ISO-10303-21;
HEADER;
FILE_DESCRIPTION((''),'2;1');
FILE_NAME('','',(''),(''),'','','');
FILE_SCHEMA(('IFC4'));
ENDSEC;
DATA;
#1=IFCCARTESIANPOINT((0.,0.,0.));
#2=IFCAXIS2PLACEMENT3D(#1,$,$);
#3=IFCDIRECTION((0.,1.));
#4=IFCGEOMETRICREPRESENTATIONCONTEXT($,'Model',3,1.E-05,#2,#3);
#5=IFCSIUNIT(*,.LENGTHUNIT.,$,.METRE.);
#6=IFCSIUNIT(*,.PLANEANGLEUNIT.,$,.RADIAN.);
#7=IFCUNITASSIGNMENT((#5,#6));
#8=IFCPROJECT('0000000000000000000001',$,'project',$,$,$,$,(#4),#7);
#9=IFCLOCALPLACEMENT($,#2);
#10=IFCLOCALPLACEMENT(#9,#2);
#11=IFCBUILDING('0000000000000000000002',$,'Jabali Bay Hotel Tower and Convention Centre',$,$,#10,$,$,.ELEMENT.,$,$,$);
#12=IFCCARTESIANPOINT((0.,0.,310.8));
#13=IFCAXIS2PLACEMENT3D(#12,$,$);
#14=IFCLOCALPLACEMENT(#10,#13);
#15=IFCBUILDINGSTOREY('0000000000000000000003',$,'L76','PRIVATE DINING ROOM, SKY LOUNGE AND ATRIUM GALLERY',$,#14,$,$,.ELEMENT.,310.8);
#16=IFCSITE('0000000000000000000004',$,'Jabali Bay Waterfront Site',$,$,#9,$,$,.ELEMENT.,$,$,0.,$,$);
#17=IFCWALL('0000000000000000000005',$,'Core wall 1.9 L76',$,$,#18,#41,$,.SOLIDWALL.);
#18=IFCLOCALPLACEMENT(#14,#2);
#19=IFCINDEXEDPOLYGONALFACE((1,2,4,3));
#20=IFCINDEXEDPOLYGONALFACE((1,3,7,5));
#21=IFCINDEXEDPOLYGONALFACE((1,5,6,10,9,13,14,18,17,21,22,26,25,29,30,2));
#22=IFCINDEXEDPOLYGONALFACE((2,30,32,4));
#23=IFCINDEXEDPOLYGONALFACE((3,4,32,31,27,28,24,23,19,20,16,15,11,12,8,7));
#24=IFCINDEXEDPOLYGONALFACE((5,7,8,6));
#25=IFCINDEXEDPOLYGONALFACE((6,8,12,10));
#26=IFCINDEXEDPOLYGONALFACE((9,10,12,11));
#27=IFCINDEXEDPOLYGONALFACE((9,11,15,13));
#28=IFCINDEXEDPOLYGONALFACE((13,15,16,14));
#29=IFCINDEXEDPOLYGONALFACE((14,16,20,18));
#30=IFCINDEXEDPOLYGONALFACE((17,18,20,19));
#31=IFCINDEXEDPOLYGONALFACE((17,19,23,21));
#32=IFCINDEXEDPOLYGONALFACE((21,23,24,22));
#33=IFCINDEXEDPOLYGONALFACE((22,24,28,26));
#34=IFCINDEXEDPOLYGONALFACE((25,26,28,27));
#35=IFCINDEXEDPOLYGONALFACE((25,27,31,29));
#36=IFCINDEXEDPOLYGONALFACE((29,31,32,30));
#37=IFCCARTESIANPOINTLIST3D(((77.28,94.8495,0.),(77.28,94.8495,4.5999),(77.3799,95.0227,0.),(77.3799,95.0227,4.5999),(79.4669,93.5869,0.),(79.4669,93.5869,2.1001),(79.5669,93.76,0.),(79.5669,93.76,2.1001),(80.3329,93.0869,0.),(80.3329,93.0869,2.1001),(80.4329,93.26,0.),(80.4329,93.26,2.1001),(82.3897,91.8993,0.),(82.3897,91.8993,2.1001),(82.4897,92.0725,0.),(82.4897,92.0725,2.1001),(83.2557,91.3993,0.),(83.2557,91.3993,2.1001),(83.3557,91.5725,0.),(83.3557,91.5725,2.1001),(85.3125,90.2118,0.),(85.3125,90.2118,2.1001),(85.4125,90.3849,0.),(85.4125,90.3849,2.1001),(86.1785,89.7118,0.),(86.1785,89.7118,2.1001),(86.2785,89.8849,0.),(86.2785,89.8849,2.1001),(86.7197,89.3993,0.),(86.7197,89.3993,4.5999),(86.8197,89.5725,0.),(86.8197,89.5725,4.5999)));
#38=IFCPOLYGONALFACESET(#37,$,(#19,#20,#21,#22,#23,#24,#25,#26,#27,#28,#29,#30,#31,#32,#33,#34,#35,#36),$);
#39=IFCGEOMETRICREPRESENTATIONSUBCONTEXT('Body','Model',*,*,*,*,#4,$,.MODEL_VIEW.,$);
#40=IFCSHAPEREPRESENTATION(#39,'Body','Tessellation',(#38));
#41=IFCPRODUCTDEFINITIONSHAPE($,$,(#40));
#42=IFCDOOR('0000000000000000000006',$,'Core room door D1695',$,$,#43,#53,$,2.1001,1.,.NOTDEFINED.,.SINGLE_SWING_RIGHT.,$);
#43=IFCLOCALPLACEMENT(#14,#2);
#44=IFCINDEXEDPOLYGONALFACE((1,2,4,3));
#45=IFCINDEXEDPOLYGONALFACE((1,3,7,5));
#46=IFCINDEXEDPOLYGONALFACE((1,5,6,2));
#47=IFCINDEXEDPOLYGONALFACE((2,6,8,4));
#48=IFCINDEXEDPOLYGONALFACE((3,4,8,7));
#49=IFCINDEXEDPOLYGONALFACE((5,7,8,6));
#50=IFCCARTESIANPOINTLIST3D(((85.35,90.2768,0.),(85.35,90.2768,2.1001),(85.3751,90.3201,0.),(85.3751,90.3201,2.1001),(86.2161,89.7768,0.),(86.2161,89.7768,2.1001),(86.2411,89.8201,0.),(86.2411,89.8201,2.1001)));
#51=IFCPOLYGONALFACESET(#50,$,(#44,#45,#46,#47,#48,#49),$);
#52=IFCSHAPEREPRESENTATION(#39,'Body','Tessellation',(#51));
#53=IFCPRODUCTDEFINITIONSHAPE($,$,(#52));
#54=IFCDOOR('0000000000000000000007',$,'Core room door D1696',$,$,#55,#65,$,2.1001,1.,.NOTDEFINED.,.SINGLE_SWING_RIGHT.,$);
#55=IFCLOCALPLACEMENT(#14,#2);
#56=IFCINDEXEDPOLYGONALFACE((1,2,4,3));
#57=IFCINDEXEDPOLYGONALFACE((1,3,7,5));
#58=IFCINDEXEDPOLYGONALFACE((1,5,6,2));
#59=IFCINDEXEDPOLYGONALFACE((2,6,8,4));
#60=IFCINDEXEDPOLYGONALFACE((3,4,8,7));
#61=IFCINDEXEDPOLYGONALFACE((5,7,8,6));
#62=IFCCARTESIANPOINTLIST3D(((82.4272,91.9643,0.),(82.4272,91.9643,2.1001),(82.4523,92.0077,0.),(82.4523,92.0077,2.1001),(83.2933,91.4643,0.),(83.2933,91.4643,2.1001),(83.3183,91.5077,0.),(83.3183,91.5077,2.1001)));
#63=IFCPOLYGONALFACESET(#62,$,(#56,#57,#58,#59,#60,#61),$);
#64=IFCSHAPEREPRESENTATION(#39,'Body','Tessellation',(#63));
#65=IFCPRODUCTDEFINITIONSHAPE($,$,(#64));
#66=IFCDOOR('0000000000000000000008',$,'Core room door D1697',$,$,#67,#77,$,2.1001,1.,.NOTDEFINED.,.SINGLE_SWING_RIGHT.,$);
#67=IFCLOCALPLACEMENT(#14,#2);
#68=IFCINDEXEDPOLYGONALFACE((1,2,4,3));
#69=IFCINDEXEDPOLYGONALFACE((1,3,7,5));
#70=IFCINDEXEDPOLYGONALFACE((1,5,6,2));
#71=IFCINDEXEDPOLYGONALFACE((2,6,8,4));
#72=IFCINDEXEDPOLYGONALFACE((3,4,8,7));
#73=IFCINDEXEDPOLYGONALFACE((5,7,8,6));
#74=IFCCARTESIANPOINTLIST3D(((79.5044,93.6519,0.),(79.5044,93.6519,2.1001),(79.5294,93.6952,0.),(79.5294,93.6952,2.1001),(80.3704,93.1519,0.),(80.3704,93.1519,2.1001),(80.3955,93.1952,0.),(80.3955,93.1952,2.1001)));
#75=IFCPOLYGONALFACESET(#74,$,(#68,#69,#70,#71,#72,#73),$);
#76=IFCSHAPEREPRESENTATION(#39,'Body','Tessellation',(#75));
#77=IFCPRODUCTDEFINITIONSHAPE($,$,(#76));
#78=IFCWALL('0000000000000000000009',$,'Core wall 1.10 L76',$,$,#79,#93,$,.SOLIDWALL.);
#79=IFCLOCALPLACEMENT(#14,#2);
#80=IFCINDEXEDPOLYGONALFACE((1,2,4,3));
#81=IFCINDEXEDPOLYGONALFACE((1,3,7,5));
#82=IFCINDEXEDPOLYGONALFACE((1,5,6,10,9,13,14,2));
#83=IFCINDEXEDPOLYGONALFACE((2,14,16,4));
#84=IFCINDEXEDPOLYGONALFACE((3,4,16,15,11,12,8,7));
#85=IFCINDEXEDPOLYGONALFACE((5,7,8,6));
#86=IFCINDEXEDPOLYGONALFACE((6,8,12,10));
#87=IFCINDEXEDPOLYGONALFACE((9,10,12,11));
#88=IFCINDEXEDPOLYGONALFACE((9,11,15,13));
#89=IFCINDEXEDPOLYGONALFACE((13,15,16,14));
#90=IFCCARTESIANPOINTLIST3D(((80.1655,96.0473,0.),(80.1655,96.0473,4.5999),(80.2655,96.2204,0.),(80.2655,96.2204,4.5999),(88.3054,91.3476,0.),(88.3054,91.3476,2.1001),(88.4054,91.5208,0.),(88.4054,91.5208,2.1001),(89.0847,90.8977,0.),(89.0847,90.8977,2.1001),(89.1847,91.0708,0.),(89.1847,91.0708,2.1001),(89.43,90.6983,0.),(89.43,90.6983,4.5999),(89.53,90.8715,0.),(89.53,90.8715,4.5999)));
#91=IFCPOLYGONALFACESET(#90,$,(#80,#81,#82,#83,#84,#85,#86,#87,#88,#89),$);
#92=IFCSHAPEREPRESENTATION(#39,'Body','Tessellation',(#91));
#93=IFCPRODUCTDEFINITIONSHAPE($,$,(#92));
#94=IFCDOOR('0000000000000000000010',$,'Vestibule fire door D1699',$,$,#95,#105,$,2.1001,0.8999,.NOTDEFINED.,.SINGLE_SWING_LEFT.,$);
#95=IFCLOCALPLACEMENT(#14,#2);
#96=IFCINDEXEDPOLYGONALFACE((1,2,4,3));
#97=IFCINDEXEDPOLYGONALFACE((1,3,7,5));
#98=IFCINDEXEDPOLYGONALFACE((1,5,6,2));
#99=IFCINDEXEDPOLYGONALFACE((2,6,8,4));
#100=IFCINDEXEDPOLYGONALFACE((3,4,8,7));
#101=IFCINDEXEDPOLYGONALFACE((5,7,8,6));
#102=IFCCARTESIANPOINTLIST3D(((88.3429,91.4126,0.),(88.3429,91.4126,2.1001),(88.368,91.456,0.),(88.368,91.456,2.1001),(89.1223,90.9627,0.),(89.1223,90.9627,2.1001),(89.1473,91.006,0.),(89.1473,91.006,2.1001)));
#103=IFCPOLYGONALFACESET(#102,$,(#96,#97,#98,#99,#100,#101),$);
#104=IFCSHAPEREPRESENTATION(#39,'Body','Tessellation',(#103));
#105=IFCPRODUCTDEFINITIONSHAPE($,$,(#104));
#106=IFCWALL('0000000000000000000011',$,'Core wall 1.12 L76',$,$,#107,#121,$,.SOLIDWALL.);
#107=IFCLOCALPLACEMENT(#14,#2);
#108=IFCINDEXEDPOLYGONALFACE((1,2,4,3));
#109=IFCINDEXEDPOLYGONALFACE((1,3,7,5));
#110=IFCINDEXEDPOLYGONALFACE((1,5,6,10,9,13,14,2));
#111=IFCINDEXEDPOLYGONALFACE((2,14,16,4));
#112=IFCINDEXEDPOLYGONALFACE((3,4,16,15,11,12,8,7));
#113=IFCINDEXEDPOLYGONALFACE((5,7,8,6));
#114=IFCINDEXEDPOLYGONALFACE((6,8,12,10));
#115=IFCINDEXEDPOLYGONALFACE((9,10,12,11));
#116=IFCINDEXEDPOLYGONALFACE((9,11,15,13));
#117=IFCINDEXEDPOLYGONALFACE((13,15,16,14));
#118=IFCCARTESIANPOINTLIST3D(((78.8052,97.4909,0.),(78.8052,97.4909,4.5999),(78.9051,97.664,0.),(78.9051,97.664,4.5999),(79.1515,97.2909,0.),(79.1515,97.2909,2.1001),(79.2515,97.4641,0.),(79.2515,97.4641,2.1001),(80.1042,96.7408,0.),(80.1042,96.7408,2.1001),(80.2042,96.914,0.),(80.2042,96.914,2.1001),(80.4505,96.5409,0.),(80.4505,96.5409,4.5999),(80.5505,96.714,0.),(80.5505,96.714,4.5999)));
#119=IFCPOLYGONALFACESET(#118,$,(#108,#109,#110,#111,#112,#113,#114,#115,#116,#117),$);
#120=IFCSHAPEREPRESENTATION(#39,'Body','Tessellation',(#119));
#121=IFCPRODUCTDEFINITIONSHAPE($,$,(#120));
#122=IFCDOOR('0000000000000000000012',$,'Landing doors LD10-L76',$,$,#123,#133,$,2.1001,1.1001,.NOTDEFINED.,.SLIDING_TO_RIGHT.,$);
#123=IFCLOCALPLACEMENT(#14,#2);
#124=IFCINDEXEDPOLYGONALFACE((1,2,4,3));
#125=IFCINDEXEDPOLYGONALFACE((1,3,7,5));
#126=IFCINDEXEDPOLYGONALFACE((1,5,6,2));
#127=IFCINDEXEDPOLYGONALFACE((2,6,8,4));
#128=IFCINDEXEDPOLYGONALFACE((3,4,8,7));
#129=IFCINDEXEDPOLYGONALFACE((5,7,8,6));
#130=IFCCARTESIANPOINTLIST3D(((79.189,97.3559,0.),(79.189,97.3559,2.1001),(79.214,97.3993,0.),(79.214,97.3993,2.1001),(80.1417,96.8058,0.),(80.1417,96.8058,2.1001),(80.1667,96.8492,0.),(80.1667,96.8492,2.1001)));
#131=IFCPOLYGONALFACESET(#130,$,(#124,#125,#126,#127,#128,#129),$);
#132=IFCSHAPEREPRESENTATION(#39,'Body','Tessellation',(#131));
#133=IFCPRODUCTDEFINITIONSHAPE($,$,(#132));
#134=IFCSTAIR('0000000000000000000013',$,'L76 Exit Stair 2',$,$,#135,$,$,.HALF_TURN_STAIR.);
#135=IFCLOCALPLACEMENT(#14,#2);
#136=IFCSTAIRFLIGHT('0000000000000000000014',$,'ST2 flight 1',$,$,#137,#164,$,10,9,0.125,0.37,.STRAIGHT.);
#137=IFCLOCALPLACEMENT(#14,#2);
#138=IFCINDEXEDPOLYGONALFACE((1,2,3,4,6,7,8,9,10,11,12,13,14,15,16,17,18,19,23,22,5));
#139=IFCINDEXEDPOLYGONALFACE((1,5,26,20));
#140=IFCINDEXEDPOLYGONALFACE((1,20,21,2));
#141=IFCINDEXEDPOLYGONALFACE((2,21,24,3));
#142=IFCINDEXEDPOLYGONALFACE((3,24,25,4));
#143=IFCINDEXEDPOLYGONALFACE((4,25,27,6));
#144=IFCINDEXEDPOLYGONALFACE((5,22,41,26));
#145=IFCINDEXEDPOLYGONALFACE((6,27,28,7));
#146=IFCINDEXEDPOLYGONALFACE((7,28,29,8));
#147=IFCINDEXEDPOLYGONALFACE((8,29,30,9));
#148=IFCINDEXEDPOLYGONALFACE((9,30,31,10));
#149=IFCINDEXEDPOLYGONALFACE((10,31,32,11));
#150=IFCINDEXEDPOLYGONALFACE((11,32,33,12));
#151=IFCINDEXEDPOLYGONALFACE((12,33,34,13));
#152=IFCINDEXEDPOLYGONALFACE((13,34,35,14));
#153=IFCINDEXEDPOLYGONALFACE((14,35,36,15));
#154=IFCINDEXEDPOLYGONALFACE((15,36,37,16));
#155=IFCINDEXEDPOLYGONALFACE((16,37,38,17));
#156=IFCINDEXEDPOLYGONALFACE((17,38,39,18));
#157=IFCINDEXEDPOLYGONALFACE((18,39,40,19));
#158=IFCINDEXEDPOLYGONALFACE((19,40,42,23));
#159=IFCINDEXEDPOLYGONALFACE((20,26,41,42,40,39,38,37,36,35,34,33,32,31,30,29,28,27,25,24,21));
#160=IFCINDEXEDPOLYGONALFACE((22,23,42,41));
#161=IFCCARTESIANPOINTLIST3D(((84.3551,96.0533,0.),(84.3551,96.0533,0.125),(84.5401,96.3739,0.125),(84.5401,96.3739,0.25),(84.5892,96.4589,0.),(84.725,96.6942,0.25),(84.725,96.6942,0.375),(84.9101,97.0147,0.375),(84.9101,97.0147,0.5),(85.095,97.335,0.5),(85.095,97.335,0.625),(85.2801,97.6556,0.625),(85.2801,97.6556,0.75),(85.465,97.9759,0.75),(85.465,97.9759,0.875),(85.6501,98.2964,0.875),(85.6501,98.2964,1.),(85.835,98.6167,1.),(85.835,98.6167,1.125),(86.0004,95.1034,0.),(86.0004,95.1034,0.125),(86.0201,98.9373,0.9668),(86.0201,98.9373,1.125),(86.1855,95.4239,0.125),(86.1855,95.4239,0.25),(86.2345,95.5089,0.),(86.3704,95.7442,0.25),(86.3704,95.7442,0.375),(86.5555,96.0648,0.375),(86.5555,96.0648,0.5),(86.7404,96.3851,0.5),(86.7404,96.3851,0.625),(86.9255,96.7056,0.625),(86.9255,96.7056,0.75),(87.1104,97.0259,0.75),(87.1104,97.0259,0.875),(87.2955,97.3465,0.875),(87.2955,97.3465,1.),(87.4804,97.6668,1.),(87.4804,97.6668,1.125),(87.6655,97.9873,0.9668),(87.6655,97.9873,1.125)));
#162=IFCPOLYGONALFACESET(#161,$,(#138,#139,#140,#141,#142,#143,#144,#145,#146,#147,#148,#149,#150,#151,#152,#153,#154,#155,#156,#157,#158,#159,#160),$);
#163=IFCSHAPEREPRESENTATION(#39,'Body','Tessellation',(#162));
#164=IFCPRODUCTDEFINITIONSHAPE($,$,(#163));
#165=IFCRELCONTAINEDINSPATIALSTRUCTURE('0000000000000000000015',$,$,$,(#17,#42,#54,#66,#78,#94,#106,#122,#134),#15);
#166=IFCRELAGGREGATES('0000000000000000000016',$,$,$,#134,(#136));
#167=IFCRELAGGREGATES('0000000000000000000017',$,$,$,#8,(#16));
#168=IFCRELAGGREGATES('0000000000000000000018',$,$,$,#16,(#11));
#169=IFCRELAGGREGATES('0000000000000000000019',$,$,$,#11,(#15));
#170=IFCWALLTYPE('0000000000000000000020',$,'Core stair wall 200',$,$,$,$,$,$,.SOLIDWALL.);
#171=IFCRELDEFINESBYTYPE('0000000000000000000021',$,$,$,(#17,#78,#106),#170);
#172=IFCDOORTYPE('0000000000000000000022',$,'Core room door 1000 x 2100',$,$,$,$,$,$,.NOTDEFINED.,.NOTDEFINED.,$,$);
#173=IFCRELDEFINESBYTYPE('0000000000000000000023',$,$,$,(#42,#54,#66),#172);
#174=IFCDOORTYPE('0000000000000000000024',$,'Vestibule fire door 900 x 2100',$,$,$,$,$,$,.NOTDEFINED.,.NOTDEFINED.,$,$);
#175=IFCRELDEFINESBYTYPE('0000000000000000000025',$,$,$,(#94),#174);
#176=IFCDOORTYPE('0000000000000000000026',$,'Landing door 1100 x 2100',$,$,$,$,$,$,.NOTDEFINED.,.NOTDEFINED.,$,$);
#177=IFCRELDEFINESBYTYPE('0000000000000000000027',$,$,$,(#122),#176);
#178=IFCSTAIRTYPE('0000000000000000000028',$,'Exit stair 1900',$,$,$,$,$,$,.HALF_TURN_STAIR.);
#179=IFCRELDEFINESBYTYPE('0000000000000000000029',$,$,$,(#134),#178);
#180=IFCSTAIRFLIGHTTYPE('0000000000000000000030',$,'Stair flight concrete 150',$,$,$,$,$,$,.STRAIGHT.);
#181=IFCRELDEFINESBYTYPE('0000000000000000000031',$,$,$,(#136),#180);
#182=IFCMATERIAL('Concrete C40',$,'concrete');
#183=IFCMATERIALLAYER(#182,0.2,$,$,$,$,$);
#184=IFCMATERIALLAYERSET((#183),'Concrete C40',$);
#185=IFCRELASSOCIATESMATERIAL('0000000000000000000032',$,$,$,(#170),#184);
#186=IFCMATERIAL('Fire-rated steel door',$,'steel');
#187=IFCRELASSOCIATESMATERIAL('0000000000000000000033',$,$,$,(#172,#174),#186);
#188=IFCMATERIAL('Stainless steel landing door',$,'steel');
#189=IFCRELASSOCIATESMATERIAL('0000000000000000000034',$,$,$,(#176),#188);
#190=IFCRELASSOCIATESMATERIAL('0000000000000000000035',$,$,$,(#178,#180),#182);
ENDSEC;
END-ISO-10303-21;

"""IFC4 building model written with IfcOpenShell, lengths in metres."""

from ifc_helpers import new_model, si_unit, direction, frame, frame_2d, origin, place, context, subcontext, project, spatial, polyline, rectangle, outline, extrude, material, layer, layer_set, type_object, element, fill, aggregate, save


model = new_model("IFC4")

# Units and contexts
model_context = context("Model", 3, precision=1e-05, world=origin(), true_north=direction((0.0, 1.0)))
body_context = subcontext(model_context, "Body", "Model", "MODEL_VIEW")
ifc_project = project(units=[si_unit("LENGTHUNIT", "METRE"), si_unit("PLANEANGLEUNIT", "RADIAN")], contexts=[model_context])

# Site, building, storey
site_placement = place(None, origin())
site = spatial("IfcSite", under=ifc_project, at=site_placement, Name="Jabali Bay Waterfront Site", CompositionType="ELEMENT", RefElevation=0.0)
building_placement = place(site_placement, origin())
building = spatial("IfcBuilding", under=site, at=building_placement, Name="Jabali Bay Hotel Tower and Convention Centre", CompositionType="ELEMENT")
storey_placement = place(building_placement, frame((0.0, 0.0, 310.8)))
storey = spatial("IfcBuildingStorey", under=building, at=storey_placement, Name="L76", Description="PRIVATE DINING ROOM, SKY LOUNGE AND ATRIUM GALLERY", CompositionType="ELEMENT", Elevation=310.8)

# Shared definitions
ifc_material_1 = material(Name="Fire-rated steel door", Category="steel")

# Shared definitions
ifc_material_2 = material(Name="Concrete C40", Category="concrete")
ifc_layer_1 = layer(ifc_material_2, 0.2)
ifc_layer_set_1 = layer_set([ifc_layer_1], Name="Concrete C40")
wall_type_1 = type_object("IfcWallType", Name="Core stair wall 200", PredefinedType="SOLIDWALL", material=ifc_layer_set_1)

# Wall, openings, doors
wall_1_placement = place(storey_placement, frame((86.7698, 89.4858, 0.0), z_axis=(0.0, 0.0, 1.0), x_axis=(-0.866018, 0.500013, 0.0)))
wall_1 = element("IfcWall", 1, at=wall_1_placement, inside=storey, type_object=wall_type_1, Name="Core wall 1.9 L76", PredefinedType="SOLIDWALL", context=body_context, shape_type="SweptSolid", body=[
    extrude(rectangle(XDim=10.9001, YDim=0.2, at=frame_2d((5.4502, 0.0))), origin(), (0.0, 0.0, 1.0), 4.5999),
])
opening_1_placement = place(wall_1_placement, frame((0.625, 0.0, 0.0)))
opening_1 = element("IfcOpeningElement", 2, at=opening_1_placement, cuts=wall_1, PredefinedType="OPENING", context=body_context, shape_type="SweptSolid", body=[
    extrude(rectangle(XDim=1.0, YDim=2.1001, at=frame_2d((0.5, 1.05))), frame((0.0, 0.1104, 0.0), z_axis=(0.0, -1.0, 0.0), x_axis=(1.0, 0.0, 0.0)), (0.0, 0.0, 1.0), 0.2209),
])
opening_2_placement = place(wall_1_placement, frame((4.0, 0.0, 0.0)))
opening_2 = element("IfcOpeningElement", 3, at=opening_2_placement, cuts=wall_1, PredefinedType="OPENING", context=body_context, shape_type="SweptSolid", body=[
    extrude(rectangle(XDim=1.0, YDim=2.1001, at=frame_2d((0.5, 1.05))), frame((0.0, 0.1104, 0.0), z_axis=(0.0, -1.0, 0.0), x_axis=(1.0, 0.0, 0.0)), (0.0, 0.0, 1.0), 0.2209),
])
opening_3_placement = place(wall_1_placement, frame((7.375, 0.0, 0.0)))
opening_3 = element("IfcOpeningElement", 4, at=opening_3_placement, cuts=wall_1, PredefinedType="OPENING", context=body_context, shape_type="SweptSolid", body=[
    extrude(rectangle(XDim=1.0, YDim=2.1001, at=frame_2d((0.5, 1.05))), frame((0.0, 0.1104, 0.0), z_axis=(0.0, -1.0, 0.0), x_axis=(1.0, 0.0, 0.0)), (0.0, 0.0, 1.0), 0.2209),
])
door_type_1 = type_object("IfcDoorType", Name="Core room door 1000 x 2100", OperationType="NOTDEFINED", PredefinedType="NOTDEFINED", material=ifc_material_1)
door_1_placement = place(opening_1_placement, origin())
door_1 = element("IfcDoor", 5, at=door_1_placement, inside=storey, type_object=door_type_1, Name="Core room door D1695", OperationType="SINGLE_SWING_RIGHT", OverallHeight=2.1001, OverallWidth=1.0, PredefinedType="NOTDEFINED", context=body_context, shape_type="SweptSolid", body=[
    extrude(rectangle(XDim=1.0, YDim=2.1001, at=frame_2d((0.5, 1.05))), frame((0.0, 0.0249, 0.0), z_axis=(0.0, -1.0, 0.0), x_axis=(1.0, 0.0, 0.0)), (0.0, 0.0, 1.0), 0.05),
])
fill(opening_1, door_1)
door_2_placement = place(opening_2_placement, origin())
door_2 = element("IfcDoor", 6, at=door_2_placement, inside=storey, type_object=door_type_1, Name="Core room door D1696", OperationType="SINGLE_SWING_RIGHT", OverallHeight=2.1001, OverallWidth=1.0, PredefinedType="NOTDEFINED", context=body_context, shape_type="SweptSolid", body=[
    extrude(rectangle(XDim=1.0, YDim=2.1001, at=frame_2d((0.5, 1.05))), frame((0.0, 0.0249, 0.0), z_axis=(0.0, -1.0, 0.0), x_axis=(1.0, 0.0, 0.0)), (0.0, 0.0, 1.0), 0.05),
])
fill(opening_2, door_2)
door_3_placement = place(opening_3_placement, origin())
door_3 = element("IfcDoor", 7, at=door_3_placement, inside=storey, type_object=door_type_1, Name="Core room door D1697", OperationType="SINGLE_SWING_RIGHT", OverallHeight=2.1001, OverallWidth=1.0, PredefinedType="NOTDEFINED", context=body_context, shape_type="SweptSolid", body=[
    extrude(rectangle(XDim=1.0, YDim=2.1001, at=frame_2d((0.5, 1.05))), frame((0.0, 0.0249, 0.0), z_axis=(0.0, -1.0, 0.0), x_axis=(1.0, 0.0, 0.0)), (0.0, 0.0, 1.0), 0.05),
])
fill(opening_3, door_3)

# Walls, openings, doors
wall_2_placement = place(storey_placement, frame((89.48, 90.7849, 0.0), z_axis=(0.0, 0.0, 1.0), x_axis=(-0.866023, 0.500005, 0.0)))
wall_2 = element("IfcWall", 8, at=wall_2_placement, inside=storey, type_object=wall_type_1, Name="Core wall 1.10 L76", PredefinedType="SOLIDWALL", context=body_context, shape_type="SweptSolid", body=[
    extrude(rectangle(XDim=10.6978, YDim=0.2, at=frame_2d((5.3489, 0.0))), origin(), (0.0, 0.0, 1.0), 4.5999),
])
opening_4_placement = place(wall_2_placement, frame((0.3987, 0.0, 0.0)))
opening_4 = element("IfcOpeningElement", 9, at=opening_4_placement, cuts=wall_2, PredefinedType="OPENING", context=body_context, shape_type="SweptSolid", body=[
    extrude(rectangle(XDim=0.8999, YDim=2.1001, at=frame_2d((0.45, 1.05))), frame((0.0, 0.1104, 0.0), z_axis=(0.0, -1.0, 0.0), x_axis=(1.0, 0.0, 0.0)), (0.0, 0.0, 1.0), 0.2209),
])
door_type_2 = type_object("IfcDoorType", Name="Vestibule fire door 900 x 2100", OperationType="NOTDEFINED", PredefinedType="NOTDEFINED", material=ifc_material_1)
door_4_placement = place(opening_4_placement, origin())
door_4 = element("IfcDoor", 10, at=door_4_placement, inside=storey, type_object=door_type_2, Name="Vestibule fire door D1699", OperationType="SINGLE_SWING_LEFT", OverallHeight=2.1001, OverallWidth=0.8999, PredefinedType="NOTDEFINED", context=body_context, shape_type="SweptSolid", body=[
    extrude(rectangle(XDim=0.8999, YDim=2.1001, at=frame_2d((0.45, 1.05))), frame((0.0, 0.0249, 0.0), z_axis=(0.0, -1.0, 0.0), x_axis=(1.0, 0.0, 0.0)), (0.0, 0.0, 1.0), 0.05),
])
fill(opening_4, door_4)
wall_3_placement = place(storey_placement, frame((80.5005, 96.6274, 0.0), z_axis=(0.0, 0.0, 1.0), x_axis=(-0.866012, 0.500023, 0.0)))
wall_3 = element("IfcWall", 11, at=wall_3_placement, inside=storey, type_object=wall_type_1, Name="Core wall 1.12 L76", PredefinedType="SOLIDWALL", context=body_context, shape_type="SweptSolid", body=[
    extrude(rectangle(XDim=1.8999, YDim=0.2, at=frame_2d((0.95, 0.0))), origin(), (0.0, 0.0, 1.0), 4.5999),
])
opening_5_placement = place(wall_3_placement, frame((0.3999, 0.0, 0.0)))
opening_5 = element("IfcOpeningElement", 12, at=opening_5_placement, cuts=wall_3, PredefinedType="OPENING", context=body_context, shape_type="SweptSolid", body=[
    extrude(rectangle(XDim=1.1001, YDim=2.1001, at=frame_2d((0.55, 1.05))), frame((0.0, 0.1104, 0.0), z_axis=(0.0, -1.0, 0.0), x_axis=(1.0, 0.0, 0.0)), (0.0, 0.0, 1.0), 0.2209),
])
ifc_material_3 = material(Name="Stainless steel landing door", Category="steel")
door_type_3 = type_object("IfcDoorType", Name="Landing door 1100 x 2100", OperationType="NOTDEFINED", PredefinedType="NOTDEFINED", material=ifc_material_3)
door_5_placement = place(opening_5_placement, origin())
door_5 = element("IfcDoor", 13, at=door_5_placement, inside=storey, type_object=door_type_3, Name="Landing doors LD10-L76", OperationType="SLIDING_TO_RIGHT", OverallHeight=2.1001, OverallWidth=1.1001, PredefinedType="NOTDEFINED", context=body_context, shape_type="SweptSolid", body=[
    extrude(rectangle(XDim=1.1001, YDim=2.1001, at=frame_2d((0.55, 1.05))), frame((0.0, 0.0249, 0.0), z_axis=(0.0, -1.0, 0.0), x_axis=(1.0, 0.0, 0.0)), (0.0, 0.0, 1.0), 0.05),
])
fill(opening_5, door_5)

# Stair, stair flight
stair_type = type_object("IfcStairType", Name="Exit stair 1900", PredefinedType="HALF_TURN_STAIR", material=ifc_material_2)
stair_placement = place(storey_placement, origin())
stair = element("IfcStair", 14, at=stair_placement, inside=storey, type_object=stair_type, Name="L76 Exit Stair 2", PredefinedType="HALF_TURN_STAIR")
stair_flight_type = type_object("IfcStairFlightType", Name="Stair flight concrete 150", PredefinedType="STRAIGHT", material=ifc_material_2)
stair_flight_1_placement = place(storey_placement, frame((85.1777, 95.5784, 0.0), z_axis=(0.0, 0.0, 1.0), x_axis=(0.5, 0.866025, 0.0)))
stair_flight_1 = element("IfcStairFlight", 15, at=stair_flight_1_placement, type_object=stair_flight_type, Name="ST2 flight 1", NumberOfRisers=10, NumberOfTreads=9, PredefinedType="STRAIGHT", RiserHeight=0.125, TreadLength=0.37, context=body_context, shape_type="SweptSolid", body=[
    extrude(outline(polyline([(0.0, 0.0), (0.0, 0.125), (0.3701, 0.125), (0.3701, 0.25), (0.74, 0.25), (0.74, 0.375), (1.1101, 0.375), (1.1101, 0.5), (1.48, 0.5), (1.48, 0.625), (1.8501, 0.625), (1.8501, 0.75), (2.22, 0.75), (2.22, 0.875), (2.5901, 0.875), (2.5901, 1.0), (2.96, 1.0), (2.96, 1.125), (3.3301, 1.125), (3.3301, 1.25), (3.3301, 0.9668), (0.4683, 0.0), (0.0, 0.0)])), frame((0.0, 0.95, 0.0), z_axis=(0.0, -1.0, 0.0), x_axis=(1.0, 0.0, 0.0)), (0.0, 0.0, 1.0), 1.8999),
])
aggregate(stair, [stair_flight_1])

save(model, "model.ifc")
